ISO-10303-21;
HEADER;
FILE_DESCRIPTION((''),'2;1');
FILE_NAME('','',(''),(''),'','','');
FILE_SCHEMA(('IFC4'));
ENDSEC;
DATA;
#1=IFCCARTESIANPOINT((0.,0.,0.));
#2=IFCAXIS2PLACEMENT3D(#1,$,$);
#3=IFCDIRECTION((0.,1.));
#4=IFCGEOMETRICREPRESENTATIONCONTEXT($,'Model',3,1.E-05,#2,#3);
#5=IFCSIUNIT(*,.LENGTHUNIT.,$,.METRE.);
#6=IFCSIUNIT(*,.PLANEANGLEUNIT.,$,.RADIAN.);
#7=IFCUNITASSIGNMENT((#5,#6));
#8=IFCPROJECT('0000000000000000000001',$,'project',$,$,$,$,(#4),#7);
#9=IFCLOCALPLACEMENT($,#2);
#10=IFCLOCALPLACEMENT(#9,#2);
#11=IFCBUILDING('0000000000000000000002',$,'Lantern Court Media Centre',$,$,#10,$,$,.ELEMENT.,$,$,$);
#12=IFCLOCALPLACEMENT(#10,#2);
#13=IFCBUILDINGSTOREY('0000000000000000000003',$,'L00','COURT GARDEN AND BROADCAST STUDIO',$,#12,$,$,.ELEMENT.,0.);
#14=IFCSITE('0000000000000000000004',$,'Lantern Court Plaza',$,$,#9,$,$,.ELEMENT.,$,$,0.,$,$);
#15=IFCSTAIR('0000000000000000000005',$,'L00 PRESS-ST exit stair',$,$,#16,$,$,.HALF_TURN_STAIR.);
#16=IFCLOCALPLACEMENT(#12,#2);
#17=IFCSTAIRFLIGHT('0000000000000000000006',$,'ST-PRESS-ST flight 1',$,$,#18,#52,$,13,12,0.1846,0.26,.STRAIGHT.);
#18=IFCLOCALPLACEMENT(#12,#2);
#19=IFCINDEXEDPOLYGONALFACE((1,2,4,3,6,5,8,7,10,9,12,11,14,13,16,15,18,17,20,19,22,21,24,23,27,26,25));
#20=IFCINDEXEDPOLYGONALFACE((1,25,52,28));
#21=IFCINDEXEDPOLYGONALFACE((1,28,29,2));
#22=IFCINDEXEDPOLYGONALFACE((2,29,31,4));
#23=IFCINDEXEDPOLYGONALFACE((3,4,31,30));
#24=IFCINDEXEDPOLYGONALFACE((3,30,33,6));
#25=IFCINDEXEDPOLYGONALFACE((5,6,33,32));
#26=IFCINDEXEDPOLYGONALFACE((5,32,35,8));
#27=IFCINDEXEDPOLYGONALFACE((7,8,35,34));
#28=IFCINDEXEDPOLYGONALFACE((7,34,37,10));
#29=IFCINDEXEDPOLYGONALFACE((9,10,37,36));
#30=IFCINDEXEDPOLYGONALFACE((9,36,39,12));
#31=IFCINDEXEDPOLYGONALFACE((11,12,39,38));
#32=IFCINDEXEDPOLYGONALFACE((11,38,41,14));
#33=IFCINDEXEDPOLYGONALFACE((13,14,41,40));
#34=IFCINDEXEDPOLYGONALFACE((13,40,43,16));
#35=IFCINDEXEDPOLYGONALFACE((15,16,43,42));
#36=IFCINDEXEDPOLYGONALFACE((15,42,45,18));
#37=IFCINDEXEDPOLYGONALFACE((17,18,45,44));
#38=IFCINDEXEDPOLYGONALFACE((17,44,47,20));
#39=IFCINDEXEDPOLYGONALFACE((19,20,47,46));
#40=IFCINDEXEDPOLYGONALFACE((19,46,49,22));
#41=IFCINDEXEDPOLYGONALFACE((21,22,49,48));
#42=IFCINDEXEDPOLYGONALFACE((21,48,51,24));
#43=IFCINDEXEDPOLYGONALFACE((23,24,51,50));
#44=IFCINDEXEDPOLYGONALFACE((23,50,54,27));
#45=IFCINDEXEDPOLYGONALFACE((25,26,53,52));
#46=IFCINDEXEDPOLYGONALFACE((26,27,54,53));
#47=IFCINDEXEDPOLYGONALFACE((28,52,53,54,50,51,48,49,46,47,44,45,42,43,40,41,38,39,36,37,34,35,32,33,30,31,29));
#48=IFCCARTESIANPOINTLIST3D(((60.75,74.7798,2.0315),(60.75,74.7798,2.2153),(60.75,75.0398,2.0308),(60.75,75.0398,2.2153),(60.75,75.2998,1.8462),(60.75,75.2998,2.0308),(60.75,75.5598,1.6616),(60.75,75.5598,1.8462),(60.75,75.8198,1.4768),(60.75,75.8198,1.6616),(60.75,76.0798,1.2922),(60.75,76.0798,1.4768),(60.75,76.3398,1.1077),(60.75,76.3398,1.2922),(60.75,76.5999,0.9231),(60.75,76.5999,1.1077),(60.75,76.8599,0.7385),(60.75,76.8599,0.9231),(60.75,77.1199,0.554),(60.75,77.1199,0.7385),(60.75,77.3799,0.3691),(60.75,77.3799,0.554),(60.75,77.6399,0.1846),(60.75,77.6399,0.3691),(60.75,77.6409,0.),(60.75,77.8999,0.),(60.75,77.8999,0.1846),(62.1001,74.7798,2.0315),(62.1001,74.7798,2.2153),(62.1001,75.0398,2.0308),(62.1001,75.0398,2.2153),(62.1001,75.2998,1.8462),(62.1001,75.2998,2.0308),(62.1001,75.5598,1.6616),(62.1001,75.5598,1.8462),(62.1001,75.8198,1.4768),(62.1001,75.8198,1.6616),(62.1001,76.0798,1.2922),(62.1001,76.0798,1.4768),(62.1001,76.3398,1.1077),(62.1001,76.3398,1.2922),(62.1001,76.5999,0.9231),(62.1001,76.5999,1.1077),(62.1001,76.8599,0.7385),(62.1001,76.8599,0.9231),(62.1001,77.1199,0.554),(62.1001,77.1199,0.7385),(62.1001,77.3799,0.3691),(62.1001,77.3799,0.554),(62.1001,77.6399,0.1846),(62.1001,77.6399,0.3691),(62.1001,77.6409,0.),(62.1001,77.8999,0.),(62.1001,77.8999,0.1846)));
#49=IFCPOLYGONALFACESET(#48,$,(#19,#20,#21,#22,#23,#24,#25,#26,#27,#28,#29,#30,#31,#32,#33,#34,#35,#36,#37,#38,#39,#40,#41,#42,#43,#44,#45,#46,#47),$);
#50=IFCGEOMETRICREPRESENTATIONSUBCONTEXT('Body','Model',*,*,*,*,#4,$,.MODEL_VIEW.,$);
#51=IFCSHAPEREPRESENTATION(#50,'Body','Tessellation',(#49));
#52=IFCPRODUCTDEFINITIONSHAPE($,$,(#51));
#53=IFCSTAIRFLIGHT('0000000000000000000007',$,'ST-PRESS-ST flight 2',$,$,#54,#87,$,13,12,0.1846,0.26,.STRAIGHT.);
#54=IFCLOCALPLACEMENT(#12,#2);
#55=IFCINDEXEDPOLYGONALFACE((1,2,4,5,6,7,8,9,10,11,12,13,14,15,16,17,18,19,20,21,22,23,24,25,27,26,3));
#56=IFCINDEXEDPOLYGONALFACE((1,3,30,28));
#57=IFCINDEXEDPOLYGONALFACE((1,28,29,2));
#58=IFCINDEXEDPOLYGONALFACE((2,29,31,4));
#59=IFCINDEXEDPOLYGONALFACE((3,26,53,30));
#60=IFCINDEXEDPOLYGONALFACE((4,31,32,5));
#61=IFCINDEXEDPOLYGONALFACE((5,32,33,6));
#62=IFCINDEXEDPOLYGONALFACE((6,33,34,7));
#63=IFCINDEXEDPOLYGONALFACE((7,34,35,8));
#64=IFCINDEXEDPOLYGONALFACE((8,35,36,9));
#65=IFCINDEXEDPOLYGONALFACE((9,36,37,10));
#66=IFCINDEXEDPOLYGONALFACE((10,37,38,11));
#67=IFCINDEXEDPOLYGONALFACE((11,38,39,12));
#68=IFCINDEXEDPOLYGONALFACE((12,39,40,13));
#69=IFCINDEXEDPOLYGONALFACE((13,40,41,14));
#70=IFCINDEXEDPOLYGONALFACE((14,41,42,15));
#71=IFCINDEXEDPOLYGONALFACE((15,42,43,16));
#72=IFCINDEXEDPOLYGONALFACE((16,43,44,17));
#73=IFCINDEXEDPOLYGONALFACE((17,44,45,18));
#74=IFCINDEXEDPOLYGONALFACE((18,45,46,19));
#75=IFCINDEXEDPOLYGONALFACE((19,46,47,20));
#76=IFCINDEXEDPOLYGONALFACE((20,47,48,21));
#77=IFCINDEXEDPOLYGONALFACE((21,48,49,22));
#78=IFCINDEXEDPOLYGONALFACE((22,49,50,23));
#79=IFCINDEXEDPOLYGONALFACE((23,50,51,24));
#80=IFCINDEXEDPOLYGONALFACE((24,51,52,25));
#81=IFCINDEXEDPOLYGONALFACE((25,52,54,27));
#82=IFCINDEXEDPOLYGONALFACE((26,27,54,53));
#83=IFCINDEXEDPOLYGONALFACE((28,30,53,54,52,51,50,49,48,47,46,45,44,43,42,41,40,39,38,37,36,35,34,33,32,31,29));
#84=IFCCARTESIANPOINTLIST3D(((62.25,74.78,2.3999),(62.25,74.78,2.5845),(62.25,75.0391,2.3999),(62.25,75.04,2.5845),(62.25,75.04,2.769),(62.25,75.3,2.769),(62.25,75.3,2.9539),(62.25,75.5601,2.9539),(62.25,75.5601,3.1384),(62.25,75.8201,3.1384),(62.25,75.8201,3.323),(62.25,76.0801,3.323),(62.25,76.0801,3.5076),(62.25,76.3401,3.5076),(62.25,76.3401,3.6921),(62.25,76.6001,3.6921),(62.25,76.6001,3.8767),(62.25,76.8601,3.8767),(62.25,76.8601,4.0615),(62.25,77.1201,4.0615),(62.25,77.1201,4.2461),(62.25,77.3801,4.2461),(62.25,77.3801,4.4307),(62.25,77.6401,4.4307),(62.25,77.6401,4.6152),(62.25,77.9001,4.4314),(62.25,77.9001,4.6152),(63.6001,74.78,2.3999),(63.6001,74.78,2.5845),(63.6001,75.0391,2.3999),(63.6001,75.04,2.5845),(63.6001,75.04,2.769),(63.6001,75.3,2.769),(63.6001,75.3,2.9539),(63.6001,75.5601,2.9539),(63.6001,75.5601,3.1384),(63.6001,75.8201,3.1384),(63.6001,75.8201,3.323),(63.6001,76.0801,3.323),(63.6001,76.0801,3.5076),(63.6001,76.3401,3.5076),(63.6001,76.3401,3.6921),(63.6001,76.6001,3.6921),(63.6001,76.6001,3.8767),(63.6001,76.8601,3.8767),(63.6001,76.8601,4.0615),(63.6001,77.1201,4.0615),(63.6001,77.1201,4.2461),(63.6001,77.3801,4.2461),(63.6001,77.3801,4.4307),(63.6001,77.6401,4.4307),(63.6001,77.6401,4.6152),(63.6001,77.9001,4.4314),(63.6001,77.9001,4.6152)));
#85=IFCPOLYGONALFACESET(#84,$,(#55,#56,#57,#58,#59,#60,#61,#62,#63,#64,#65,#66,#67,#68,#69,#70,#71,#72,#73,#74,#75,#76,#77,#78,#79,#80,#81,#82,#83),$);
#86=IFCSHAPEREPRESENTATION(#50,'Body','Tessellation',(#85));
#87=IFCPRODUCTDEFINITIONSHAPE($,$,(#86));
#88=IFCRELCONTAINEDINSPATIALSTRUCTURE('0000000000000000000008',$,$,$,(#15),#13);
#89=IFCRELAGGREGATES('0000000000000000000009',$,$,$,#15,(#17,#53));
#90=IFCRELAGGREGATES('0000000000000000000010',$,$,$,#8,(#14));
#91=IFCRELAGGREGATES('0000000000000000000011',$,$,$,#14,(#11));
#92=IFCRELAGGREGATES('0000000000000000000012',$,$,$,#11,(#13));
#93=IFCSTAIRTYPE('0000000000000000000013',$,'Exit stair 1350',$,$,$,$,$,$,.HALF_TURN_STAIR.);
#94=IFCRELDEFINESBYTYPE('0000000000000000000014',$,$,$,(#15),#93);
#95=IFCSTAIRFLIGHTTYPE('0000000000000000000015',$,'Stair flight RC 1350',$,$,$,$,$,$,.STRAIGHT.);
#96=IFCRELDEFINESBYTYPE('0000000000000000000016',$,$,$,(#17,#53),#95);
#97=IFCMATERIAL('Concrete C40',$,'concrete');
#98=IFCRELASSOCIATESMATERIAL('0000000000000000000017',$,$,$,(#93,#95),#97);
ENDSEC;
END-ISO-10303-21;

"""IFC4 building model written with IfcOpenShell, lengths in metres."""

from ifc_helpers import new_model, si_unit, direction, frame, origin, place, context, subcontext, project, spatial, polyline, outline, extrude, material, type_object, element, aggregate, save


model = new_model("IFC4")

# Units and contexts
model_context = context("Model", 3, precision=1e-05, world=origin(), true_north=direction((0.0, 1.0)))
body_context = subcontext(model_context, "Body", "Model", "MODEL_VIEW")
ifc_project = project(units=[si_unit("LENGTHUNIT", "METRE"), si_unit("PLANEANGLEUNIT", "RADIAN")], contexts=[model_context])

# Site, building, storey
site_placement = place(None, origin())
site = spatial("IfcSite", under=ifc_project, at=site_placement, Name="Lantern Court Plaza", CompositionType="ELEMENT", RefElevation=0.0)
building_placement = place(site_placement, origin())
building = spatial("IfcBuilding", under=site, at=building_placement, Name="Lantern Court Media Centre", CompositionType="ELEMENT")
storey_placement = place(building_placement, origin())
storey = spatial("IfcBuildingStorey", under=building, at=storey_placement, Name="L00", Description="COURT GARDEN AND BROADCAST STUDIO", CompositionType="ELEMENT", Elevation=0.0)

# Shared definitions
ifc_material_1 = material(Name="Concrete C40", Category="concrete")

# Stair, stair flights
stair_type = type_object("IfcStairType", Name="Exit stair 1350", PredefinedType="HALF_TURN_STAIR", material=ifc_material_1)
stair_placement = place(storey_placement, origin())
stair = element("IfcStair", 1, at=stair_placement, inside=storey, type_object=stair_type, Name="L00 PRESS-ST exit stair", PredefinedType="HALF_TURN_STAIR")
stair_flight_type = type_object("IfcStairFlightType", Name="Stair flight RC 1350", PredefinedType="STRAIGHT", material=ifc_material_1)
stair_flight_1_placement = place(storey_placement, frame((61.425, 77.8999, 0.0), z_axis=(0.0, 0.0, 1.0), x_axis=(0.0, -1.0, 0.0)))
stair_flight_1 = element("IfcStairFlight", 2, at=stair_flight_1_placement, type_object=stair_flight_type, Name="ST-PRESS-ST flight 1", NumberOfRisers=13, NumberOfTreads=12, PredefinedType="STRAIGHT", RiserHeight=0.1846, TreadLength=0.26, context=body_context, shape_type="SweptSolid", body=[
    extrude(outline(polyline([(0.0, 0.0), (0.0, 0.1846), (0.26, 0.1846), (0.26, 0.3691), (0.52, 0.3691), (0.52, 0.554), (0.78, 0.554), (0.78, 0.7385), (1.04, 0.7385), (1.04, 0.9231), (1.3, 0.9231), (1.3, 1.1077), (1.5601, 1.1077), (1.5601, 1.2922), (1.8201, 1.2922), (1.8201, 1.4768), (2.0801, 1.4768), (2.0801, 1.6616), (2.3401, 1.6616), (2.3401, 1.8462), (2.6001, 1.8462), (2.6001, 2.0308), (2.8601, 2.0308), (2.8601, 2.2153), (3.1201, 2.2153), (3.1201, 2.3999), (3.1201, 2.0315), (0.259, 0.0), (0.0, 0.0)])), frame((0.0, 0.675, 0.0), z_axis=(0.0, -1.0, 0.0), x_axis=(1.0, 0.0, 0.0)), (0.0, 0.0, 1.0), 1.3501),
])
stair_flight_2_placement = place(storey_placement, frame((62.925, 74.78, 2.3999), z_axis=(0.0, 0.0, 1.0), x_axis=(0.0, 1.0, 0.0)))
stair_flight_2 = element("IfcStairFlight", 3, at=stair_flight_2_placement, type_object=stair_flight_type, Name="ST-PRESS-ST flight 2", NumberOfRisers=13, NumberOfTreads=12, PredefinedType="STRAIGHT", RiserHeight=0.1846, TreadLength=0.26, context=body_context, shape_type="SweptSolid", body=[
    extrude(outline(polyline([(0.0, 0.0), (0.0, 0.1846), (0.26, 0.1846), (0.26, 0.3691), (0.52, 0.3691), (0.52, 0.554), (0.78, 0.554), (0.78, 0.7385), (1.04, 0.7385), (1.04, 0.9231), (1.3, 0.9231), (1.3, 1.1077), (1.5601, 1.1077), (1.5601, 1.2922), (1.8201, 1.2922), (1.8201, 1.4768), (2.0801, 1.4768), (2.0801, 1.6616), (2.3401, 1.6616), (2.3401, 1.8462), (2.6001, 1.8462), (2.6001, 2.0308), (2.8601, 2.0308), (2.8601, 2.2153), (3.1201, 2.2153), (3.1201, 2.3999), (3.1201, 2.0315), (0.259, 0.0), (0.0, 0.0)])), frame((0.0, 0.675, 0.0), z_axis=(0.0, -1.0, 0.0), x_axis=(1.0, 0.0, 0.0)), (0.0, 0.0, 1.0), 1.3501),
])
aggregate(stair, [stair_flight_1, stair_flight_2])

save(model, "model.ifc")
